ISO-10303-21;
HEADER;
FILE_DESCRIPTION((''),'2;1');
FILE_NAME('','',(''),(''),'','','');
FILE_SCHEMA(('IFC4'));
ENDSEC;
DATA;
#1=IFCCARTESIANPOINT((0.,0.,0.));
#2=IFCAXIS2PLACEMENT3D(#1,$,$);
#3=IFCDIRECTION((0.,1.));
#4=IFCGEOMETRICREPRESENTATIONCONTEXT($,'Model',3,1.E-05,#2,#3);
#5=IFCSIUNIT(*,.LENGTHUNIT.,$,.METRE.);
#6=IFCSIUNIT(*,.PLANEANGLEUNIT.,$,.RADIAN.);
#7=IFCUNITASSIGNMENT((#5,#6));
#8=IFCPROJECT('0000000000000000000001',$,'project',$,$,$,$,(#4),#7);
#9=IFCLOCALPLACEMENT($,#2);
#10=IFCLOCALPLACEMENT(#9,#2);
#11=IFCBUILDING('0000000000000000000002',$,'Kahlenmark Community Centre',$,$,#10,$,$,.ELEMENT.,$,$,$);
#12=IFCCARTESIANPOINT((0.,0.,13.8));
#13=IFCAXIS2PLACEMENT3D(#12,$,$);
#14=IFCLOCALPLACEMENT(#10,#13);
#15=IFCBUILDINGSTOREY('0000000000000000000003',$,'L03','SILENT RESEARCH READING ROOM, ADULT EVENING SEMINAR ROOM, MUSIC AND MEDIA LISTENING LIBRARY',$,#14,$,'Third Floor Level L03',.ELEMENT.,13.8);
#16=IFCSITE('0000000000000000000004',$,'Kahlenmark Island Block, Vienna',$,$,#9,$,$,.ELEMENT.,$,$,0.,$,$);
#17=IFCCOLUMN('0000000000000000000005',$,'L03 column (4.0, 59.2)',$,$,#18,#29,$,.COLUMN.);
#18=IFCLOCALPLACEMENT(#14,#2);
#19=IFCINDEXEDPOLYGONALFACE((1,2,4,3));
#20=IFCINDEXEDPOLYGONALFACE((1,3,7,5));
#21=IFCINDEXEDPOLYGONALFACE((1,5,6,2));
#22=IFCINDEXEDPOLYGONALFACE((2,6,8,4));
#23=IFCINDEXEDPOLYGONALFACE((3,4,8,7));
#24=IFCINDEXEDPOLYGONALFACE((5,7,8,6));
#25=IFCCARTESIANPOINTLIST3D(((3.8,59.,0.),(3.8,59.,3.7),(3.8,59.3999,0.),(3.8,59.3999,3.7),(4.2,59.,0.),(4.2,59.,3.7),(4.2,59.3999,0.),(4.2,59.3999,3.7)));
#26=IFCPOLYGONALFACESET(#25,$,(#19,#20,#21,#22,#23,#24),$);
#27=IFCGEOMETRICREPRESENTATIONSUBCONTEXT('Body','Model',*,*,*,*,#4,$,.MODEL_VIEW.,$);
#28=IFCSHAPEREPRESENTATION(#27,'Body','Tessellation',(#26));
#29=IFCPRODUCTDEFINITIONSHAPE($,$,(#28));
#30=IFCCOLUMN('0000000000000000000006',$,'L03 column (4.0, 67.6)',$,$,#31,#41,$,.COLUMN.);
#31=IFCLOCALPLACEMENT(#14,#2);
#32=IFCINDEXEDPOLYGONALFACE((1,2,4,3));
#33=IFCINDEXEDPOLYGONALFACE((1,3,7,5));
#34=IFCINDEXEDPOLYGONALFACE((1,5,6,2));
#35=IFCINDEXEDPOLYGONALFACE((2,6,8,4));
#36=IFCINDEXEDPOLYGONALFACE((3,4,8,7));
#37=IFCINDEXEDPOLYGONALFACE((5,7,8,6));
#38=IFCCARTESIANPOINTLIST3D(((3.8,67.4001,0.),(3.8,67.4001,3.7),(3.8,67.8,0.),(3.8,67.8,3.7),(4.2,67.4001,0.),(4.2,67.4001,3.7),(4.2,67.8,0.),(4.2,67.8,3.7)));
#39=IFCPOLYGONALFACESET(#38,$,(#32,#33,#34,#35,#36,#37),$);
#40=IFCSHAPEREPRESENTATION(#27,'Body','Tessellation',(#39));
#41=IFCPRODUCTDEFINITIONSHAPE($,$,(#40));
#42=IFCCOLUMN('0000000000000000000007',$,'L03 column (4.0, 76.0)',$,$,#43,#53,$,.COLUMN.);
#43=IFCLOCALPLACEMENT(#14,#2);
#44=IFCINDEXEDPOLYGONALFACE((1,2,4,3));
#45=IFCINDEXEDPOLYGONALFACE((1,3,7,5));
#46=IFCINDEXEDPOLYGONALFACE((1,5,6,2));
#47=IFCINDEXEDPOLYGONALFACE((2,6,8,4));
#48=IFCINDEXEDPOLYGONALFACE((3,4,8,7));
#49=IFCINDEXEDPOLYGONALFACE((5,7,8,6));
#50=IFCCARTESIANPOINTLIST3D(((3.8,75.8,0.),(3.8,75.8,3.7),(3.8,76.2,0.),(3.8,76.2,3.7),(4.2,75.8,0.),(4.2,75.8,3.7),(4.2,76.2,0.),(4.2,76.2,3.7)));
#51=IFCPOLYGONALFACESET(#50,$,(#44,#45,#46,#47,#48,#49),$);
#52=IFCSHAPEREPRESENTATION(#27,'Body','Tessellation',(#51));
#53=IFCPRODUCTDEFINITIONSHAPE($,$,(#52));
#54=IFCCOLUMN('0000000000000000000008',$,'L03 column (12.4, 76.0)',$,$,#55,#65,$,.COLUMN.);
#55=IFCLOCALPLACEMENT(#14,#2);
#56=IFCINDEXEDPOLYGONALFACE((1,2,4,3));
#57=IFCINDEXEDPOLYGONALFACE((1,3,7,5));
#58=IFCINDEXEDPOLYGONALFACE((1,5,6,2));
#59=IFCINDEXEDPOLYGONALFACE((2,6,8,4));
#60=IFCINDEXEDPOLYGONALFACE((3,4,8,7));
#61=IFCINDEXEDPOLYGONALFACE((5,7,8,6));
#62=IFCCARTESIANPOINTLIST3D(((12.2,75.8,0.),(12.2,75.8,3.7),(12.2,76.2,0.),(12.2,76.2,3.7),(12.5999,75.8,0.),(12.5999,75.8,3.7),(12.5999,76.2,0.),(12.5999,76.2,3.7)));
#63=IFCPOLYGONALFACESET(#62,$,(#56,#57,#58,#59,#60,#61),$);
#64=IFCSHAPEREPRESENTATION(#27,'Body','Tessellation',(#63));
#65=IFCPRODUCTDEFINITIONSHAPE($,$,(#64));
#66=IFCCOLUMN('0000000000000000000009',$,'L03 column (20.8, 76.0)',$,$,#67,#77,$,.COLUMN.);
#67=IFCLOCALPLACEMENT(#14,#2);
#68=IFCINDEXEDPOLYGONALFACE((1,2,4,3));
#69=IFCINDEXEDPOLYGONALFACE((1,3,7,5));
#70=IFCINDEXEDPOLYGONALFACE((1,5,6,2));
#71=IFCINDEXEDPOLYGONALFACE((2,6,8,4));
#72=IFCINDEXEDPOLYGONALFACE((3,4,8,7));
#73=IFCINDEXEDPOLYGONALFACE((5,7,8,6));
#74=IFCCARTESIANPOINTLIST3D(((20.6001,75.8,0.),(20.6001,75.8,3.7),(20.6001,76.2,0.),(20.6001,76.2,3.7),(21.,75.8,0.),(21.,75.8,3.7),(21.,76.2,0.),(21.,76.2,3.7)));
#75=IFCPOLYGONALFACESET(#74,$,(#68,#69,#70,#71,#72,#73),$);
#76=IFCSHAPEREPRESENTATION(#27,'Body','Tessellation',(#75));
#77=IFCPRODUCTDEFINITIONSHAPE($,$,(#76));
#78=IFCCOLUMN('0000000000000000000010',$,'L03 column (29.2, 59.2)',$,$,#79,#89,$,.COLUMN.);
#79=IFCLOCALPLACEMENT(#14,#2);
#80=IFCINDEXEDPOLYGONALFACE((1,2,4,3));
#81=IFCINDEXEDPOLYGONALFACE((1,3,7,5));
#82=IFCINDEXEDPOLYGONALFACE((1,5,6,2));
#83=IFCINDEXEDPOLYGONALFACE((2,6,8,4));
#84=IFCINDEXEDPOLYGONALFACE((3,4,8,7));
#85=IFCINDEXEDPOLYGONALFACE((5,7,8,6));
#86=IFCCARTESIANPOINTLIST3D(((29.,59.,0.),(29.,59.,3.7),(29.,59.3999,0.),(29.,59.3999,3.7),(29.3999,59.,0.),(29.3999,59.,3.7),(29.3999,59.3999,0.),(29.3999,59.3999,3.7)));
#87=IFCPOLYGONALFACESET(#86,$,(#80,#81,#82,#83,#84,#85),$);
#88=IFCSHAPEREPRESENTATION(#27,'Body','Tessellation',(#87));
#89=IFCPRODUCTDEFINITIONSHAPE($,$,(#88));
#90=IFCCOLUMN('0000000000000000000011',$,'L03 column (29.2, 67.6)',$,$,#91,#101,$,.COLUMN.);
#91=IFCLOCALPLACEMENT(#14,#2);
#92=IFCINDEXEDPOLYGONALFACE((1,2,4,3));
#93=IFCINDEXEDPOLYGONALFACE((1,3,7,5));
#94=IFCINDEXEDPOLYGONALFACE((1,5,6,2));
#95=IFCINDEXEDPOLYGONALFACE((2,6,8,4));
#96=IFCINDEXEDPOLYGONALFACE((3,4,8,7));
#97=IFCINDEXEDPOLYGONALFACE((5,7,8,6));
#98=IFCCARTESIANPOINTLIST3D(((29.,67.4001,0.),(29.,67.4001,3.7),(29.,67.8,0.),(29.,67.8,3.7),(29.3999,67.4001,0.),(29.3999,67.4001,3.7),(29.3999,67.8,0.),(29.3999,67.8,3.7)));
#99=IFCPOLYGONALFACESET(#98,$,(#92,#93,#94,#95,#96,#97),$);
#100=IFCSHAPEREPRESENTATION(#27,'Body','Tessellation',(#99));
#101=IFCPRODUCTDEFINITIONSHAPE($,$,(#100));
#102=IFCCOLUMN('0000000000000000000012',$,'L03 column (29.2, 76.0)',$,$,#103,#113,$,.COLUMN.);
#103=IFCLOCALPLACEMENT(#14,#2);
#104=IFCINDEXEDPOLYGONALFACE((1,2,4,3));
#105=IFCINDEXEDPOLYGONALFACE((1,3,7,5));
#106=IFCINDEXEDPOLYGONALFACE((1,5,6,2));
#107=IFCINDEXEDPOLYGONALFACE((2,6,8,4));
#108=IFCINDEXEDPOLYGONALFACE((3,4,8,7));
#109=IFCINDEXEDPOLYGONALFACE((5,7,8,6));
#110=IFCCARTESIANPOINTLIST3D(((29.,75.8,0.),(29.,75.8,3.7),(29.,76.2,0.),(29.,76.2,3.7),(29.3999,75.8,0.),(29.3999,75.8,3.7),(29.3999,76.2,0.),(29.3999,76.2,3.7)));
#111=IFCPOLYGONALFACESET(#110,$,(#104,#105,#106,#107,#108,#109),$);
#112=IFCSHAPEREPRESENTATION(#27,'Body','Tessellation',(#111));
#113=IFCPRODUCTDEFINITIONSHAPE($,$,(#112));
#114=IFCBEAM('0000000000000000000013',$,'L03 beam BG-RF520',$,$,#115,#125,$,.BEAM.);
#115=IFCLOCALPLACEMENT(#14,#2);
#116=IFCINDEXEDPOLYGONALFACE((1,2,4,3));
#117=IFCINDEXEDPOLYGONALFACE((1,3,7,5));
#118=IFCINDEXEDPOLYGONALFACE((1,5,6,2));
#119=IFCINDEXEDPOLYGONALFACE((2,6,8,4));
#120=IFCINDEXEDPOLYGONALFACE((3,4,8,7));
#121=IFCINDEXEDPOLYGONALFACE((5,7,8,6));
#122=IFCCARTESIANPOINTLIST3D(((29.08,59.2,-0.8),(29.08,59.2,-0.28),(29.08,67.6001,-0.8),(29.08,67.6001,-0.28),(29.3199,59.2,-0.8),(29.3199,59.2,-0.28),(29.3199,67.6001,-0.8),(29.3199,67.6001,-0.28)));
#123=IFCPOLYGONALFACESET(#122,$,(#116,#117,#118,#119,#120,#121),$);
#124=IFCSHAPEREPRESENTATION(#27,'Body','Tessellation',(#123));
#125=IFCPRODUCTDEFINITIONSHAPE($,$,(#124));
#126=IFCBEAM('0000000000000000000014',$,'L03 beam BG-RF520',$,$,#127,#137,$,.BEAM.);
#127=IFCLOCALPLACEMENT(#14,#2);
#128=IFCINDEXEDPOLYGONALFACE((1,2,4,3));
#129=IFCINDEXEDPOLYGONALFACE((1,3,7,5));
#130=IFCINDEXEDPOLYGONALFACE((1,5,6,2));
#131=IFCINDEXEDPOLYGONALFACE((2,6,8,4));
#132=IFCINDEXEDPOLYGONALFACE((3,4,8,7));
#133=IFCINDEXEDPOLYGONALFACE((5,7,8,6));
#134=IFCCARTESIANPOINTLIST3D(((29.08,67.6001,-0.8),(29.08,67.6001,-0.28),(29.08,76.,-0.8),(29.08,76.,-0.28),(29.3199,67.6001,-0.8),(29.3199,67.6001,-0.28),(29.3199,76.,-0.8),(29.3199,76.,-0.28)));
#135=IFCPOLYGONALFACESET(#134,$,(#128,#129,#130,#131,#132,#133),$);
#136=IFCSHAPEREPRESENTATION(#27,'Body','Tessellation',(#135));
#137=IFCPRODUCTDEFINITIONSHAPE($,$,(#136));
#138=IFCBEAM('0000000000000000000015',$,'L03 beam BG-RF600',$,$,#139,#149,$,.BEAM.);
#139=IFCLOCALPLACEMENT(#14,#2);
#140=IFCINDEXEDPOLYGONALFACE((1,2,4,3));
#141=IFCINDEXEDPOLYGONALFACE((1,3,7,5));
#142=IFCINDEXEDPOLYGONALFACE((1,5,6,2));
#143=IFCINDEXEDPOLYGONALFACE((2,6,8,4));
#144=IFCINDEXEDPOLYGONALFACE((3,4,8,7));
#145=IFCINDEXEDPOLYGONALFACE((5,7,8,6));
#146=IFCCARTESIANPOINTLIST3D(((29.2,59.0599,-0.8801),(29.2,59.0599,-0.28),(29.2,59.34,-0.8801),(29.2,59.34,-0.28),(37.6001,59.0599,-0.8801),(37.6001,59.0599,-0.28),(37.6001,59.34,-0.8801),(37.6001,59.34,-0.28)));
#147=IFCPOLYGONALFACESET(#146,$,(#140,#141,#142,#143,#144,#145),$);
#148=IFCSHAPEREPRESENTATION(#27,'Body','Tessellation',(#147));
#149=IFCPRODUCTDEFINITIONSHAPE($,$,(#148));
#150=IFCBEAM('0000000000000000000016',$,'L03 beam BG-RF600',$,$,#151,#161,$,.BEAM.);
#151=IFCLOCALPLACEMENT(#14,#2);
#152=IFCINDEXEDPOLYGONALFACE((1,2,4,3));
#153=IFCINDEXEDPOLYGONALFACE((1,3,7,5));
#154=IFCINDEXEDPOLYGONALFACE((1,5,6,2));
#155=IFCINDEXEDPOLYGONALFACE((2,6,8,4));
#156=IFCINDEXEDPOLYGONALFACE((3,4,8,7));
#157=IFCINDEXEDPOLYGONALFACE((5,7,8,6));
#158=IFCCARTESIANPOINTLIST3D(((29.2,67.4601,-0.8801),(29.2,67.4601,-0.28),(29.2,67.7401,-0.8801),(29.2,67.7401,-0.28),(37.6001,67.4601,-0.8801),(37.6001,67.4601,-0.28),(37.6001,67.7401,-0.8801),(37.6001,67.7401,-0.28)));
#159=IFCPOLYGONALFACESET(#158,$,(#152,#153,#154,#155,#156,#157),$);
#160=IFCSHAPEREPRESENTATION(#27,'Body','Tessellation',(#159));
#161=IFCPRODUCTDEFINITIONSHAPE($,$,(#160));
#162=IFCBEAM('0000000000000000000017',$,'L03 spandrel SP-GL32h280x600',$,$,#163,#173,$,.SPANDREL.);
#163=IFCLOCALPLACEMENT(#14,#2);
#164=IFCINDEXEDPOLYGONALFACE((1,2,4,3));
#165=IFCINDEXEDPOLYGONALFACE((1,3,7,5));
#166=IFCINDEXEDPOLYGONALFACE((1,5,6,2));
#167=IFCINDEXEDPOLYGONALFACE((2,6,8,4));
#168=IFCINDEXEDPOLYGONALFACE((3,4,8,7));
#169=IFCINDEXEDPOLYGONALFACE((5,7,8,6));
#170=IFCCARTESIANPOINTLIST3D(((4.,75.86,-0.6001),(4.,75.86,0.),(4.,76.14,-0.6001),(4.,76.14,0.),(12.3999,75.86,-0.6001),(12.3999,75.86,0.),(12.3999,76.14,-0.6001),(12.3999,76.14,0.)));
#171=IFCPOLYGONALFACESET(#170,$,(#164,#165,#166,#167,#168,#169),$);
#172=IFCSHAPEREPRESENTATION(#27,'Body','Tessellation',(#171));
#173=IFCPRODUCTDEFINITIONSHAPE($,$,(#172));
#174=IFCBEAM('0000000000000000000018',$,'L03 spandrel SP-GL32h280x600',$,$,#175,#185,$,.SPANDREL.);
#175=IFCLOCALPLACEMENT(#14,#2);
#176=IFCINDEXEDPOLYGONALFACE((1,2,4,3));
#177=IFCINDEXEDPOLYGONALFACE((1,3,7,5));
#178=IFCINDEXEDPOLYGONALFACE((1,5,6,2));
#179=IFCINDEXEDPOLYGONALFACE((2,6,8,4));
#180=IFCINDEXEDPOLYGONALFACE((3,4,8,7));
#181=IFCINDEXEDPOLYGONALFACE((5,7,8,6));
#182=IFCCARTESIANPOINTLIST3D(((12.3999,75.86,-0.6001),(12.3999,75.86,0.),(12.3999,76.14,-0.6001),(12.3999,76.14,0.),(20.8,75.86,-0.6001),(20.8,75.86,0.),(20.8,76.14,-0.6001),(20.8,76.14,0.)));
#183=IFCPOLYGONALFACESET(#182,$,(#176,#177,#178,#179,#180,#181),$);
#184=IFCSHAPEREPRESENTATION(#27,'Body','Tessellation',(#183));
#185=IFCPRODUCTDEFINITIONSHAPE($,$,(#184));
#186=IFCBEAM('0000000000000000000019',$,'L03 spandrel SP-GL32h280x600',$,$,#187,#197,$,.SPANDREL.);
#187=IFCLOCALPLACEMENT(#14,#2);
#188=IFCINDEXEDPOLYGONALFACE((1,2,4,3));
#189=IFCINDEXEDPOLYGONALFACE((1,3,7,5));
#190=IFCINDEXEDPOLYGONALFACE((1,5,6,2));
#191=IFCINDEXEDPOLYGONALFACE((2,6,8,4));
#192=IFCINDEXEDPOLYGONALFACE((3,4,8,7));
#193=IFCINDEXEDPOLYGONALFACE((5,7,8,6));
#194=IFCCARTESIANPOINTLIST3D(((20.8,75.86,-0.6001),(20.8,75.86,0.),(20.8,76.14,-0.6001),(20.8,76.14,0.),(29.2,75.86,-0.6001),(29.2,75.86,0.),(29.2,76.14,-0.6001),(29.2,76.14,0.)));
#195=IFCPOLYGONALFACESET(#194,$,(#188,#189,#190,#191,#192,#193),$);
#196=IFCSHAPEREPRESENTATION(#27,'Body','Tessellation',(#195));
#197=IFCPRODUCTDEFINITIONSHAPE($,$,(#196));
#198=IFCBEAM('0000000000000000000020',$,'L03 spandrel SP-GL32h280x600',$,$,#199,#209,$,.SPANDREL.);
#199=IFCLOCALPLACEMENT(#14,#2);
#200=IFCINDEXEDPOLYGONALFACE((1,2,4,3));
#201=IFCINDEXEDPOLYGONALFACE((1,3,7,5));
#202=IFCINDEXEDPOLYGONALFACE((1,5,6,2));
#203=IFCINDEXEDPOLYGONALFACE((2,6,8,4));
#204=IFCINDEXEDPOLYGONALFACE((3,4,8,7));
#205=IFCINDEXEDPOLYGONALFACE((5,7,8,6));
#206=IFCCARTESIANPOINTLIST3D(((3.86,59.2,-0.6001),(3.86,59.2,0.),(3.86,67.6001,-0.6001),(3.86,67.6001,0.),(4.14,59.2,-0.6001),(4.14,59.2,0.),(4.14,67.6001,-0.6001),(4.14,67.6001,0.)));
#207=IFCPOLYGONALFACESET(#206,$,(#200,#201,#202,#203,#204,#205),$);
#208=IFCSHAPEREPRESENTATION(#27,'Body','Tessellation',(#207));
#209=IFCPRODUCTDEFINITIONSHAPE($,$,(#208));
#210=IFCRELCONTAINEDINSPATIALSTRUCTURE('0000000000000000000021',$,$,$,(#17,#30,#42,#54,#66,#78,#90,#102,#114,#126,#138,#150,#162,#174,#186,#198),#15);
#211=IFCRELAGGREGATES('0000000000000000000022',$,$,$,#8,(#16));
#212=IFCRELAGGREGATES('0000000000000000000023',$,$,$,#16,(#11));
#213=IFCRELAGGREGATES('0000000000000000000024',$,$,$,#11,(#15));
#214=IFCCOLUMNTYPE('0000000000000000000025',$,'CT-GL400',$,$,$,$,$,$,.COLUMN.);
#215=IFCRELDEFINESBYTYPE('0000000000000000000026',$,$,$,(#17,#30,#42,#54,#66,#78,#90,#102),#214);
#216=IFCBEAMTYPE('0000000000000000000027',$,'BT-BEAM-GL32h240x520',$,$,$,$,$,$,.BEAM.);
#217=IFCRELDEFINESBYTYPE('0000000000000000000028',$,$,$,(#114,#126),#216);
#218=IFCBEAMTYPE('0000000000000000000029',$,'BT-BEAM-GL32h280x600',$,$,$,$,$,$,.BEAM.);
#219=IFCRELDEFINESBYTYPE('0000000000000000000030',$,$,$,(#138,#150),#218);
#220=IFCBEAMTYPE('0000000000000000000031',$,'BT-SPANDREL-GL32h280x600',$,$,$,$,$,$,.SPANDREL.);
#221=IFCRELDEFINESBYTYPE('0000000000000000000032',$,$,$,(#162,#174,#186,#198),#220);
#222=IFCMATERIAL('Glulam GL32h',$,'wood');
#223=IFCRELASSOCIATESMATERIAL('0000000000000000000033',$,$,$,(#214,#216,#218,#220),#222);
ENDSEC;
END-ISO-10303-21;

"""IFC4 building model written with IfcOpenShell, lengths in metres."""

from ifc_helpers import new_model, si_unit, direction, frame, origin, origin_2d, place, context, subcontext, project, spatial, rectangle, extrude, material, material_profile, profile_set, type_object, element, save


model = new_model("IFC4")

# Units and contexts
model_context = context("Model", 3, precision=1e-05, world=origin(), true_north=direction((0.0, 1.0)))
body_context = subcontext(model_context, "Body", "Model", "MODEL_VIEW")
ifc_project = project(units=[si_unit("LENGTHUNIT", "METRE"), si_unit("PLANEANGLEUNIT", "RADIAN")], contexts=[model_context])

# Site, building, storey
site_placement = place(None, origin())
site = spatial("IfcSite", under=ifc_project, at=site_placement, Name="Kahlenmark Island Block, Vienna", CompositionType="ELEMENT", RefElevation=0.0)
building_placement = place(site_placement, origin())
building = spatial("IfcBuilding", under=site, at=building_placement, Name="Kahlenmark Community Centre", CompositionType="ELEMENT")
storey_placement = place(building_placement, frame((0.0, 0.0, 13.8)))
storey = spatial("IfcBuildingStorey", under=building, at=storey_placement, Name="L03", Description="SILENT RESEARCH READING ROOM, ADULT EVENING SEMINAR ROOM, MUSIC AND MEDIA LISTENING LIBRARY", LongName="Third Floor Level L03", CompositionType="ELEMENT", Elevation=13.8)

# Columns
ifc_material_1 = material(Name="Glulam GL32h", Category="wood")
ifc_material_profile_1 = material_profile(ifc_material_1, rectangle(XDim=0.3999, YDim=0.3999, at=origin_2d()), Name="GL32h 400x400")
ifc_profile_set_1 = profile_set([ifc_material_profile_1], Name="Glulam GL32h")
column_type = type_object("IfcColumnType", Name="CT-GL400", PredefinedType="COLUMN", material=ifc_profile_set_1)
for number, where, z_axis, x_axis, name in (
    (1, (4.0, 59.2, 0.0), (0.0, 0.0, 1.0), (1.0, 0.0, 0.0), "L03 column (4.0, 59.2)"),
    (2, (4.0, 67.6001, 0.0), (0.0, 0.0, 1.0), (1.0, 0.0, 0.0), "L03 column (4.0, 67.6)"),
    (3, (4.0, 76.0, 0.0), (0.0, 0.0, 1.0), (1.0, 0.0, 0.0), "L03 column (4.0, 76.0)"),
    (4, (12.3999, 76.0, 0.0), (0.0, 0.0, 1.0), (1.0, 0.0, 0.0), "L03 column (12.4, 76.0)"),
    (5, (20.8, 76.0, 0.0), (0.0, 0.0, 1.0), (1.0, 0.0, 0.0), "L03 column (20.8, 76.0)"),
    (6, (29.2, 59.2, 0.0), (0.0, 0.0, 1.0), (1.0, 0.0, 0.0), "L03 column (29.2, 59.2)"),
    (7, (29.2, 67.6001, 0.0), (0.0, 0.0, 1.0), (1.0, 0.0, 0.0), "L03 column (29.2, 67.6)"),
    (8, (29.2, 76.0, 0.0), (0.0, 0.0, 1.0), (1.0, 0.0, 0.0), "L03 column (29.2, 76.0)"),
):
    element("IfcColumn", number, at=place(storey_placement, frame(where, z_axis=z_axis, x_axis=x_axis)), inside=storey, type_object=column_type, Name=name, PredefinedType="COLUMN", context=body_context, shape_type="SweptSolid", body=[
        extrude(rectangle(XDim=0.3999, YDim=0.3999, at=origin_2d()), origin(), (0.0, 0.0, 1.0), 3.7),
    ])

# Beams
ifc_material_profile_2 = material_profile(ifc_material_1, rectangle(XDim=0.24, YDim=0.52, at=origin_2d()), Name="GL32h 240x520")
ifc_profile_set_2 = profile_set([ifc_material_profile_2], Name="Glulam GL32h")
beam_type_1 = type_object("IfcBeamType", Name="BT-BEAM-GL32h240x520", PredefinedType="BEAM", material=ifc_profile_set_2)
beam_1_placement = place(storey_placement, frame((29.2, 59.2, -0.54), z_axis=(0.0, 1.0, 0.0), x_axis=(-1.0, 0.0, 0.0)))
element("IfcBeam", 9, at=beam_1_placement, inside=storey, type_object=beam_type_1, Name="L03 beam BG-RF520", PredefinedType="BEAM", context=body_context, shape_type="SweptSolid", body=[
    extrude(rectangle(XDim=0.24, YDim=0.52, at=origin_2d()), origin(), (0.0, 0.0, 1.0), 8.4001),
])
beam_2_placement = place(storey_placement, frame((29.2, 67.6001, -0.54), z_axis=(0.0, 1.0, 0.0), x_axis=(-1.0, 0.0, 0.0)))
element("IfcBeam", 10, at=beam_2_placement, inside=storey, type_object=beam_type_1, Name="L03 beam BG-RF520", PredefinedType="BEAM", context=body_context, shape_type="SweptSolid", body=[
    extrude(rectangle(XDim=0.24, YDim=0.52, at=origin_2d()), origin(), (0.0, 0.0, 1.0), 8.3999),
])
ifc_material_profile_3 = material_profile(ifc_material_1, rectangle(XDim=0.28, YDim=0.6001, at=origin_2d()), Name="GL32h 280x600")
ifc_profile_set_3 = profile_set([ifc_material_profile_3], Name="Glulam GL32h")
beam_type_2 = type_object("IfcBeamType", Name="BT-BEAM-GL32h280x600", PredefinedType="BEAM", material=ifc_profile_set_3)
for number, where, z_axis, x_axis, name in (
    (11, (29.2, 59.2, -0.5801), (1.0, 0.0, 0.0), (0.0, 1.0, 0.0), "L03 beam BG-RF600"),
    (12, (29.2, 67.6001, -0.5801), (1.0, 0.0, 0.0), (0.0, 1.0, 0.0), "L03 beam BG-RF600"),
):
    element("IfcBeam", number, at=place(storey_placement, frame(where, z_axis=z_axis, x_axis=x_axis)), inside=storey, type_object=beam_type_2, Name=name, PredefinedType="BEAM", context=body_context, shape_type="SweptSolid", body=[
        extrude(rectangle(XDim=0.28, YDim=0.6001, at=origin_2d()), origin(), (0.0, 0.0, 1.0), 8.4001),
    ])
ifc_material_profile_4 = material_profile(ifc_material_1, rectangle(XDim=0.28, YDim=0.6001, at=origin_2d()), Name="GL32h 280x600")
ifc_profile_set_4 = profile_set([ifc_material_profile_4], Name="Glulam GL32h")
beam_type_3 = type_object("IfcBeamType", Name="BT-SPANDREL-GL32h280x600", PredefinedType="SPANDREL", material=ifc_profile_set_4)
beam_3_placement = place(storey_placement, frame((4.0, 76.0, -0.3), z_axis=(1.0, 0.0, 0.0), x_axis=(0.0, 1.0, 0.0)))
element("IfcBeam", 13, at=beam_3_placement, inside=storey, type_object=beam_type_3, Name="L03 spandrel SP-GL32h280x600", PredefinedType="SPANDREL", context=body_context, shape_type="SweptSolid", body=[
    extrude(rectangle(XDim=0.28, YDim=0.6001, at=origin_2d()), origin(), (0.0, 0.0, 1.0), 8.3999),
])
beam_4_placement = place(storey_placement, frame((12.3999, 76.0, -0.3), z_axis=(1.0, 0.0, 0.0), x_axis=(0.0, 1.0, 0.0)))
element("IfcBeam", 14, at=beam_4_placement, inside=storey, type_object=beam_type_3, Name="L03 spandrel SP-GL32h280x600", PredefinedType="SPANDREL", context=body_context, shape_type="SweptSolid", body=[
    extrude(rectangle(XDim=0.28, YDim=0.6001, at=origin_2d()), origin(), (0.0, 0.0, 1.0), 8.4001),
])
beam_5_placement = place(storey_placement, frame((20.8, 76.0, -0.3), z_axis=(1.0, 0.0, 0.0), x_axis=(0.0, 1.0, 0.0)))
element("IfcBeam", 15, at=beam_5_placement, inside=storey, type_object=beam_type_3, Name="L03 spandrel SP-GL32h280x600", PredefinedType="SPANDREL", context=body_context, shape_type="SweptSolid", body=[
    extrude(rectangle(XDim=0.28, YDim=0.6001, at=origin_2d()), origin(), (0.0, 0.0, 1.0), 8.3999),
])
beam_6_placement = place(storey_placement, frame((4.0, 59.2, -0.3), z_axis=(0.0, 1.0, 0.0), x_axis=(-1.0, 0.0, 0.0)))
element("IfcBeam", 16, at=beam_6_placement, inside=storey, type_object=beam_type_3, Name="L03 spandrel SP-GL32h280x600", PredefinedType="SPANDREL", context=body_context, shape_type="SweptSolid", body=[
    extrude(rectangle(XDim=0.28, YDim=0.6001, at=origin_2d()), origin(), (0.0, 0.0, 1.0), 8.4001),
])

save(model, "model.ifc")
